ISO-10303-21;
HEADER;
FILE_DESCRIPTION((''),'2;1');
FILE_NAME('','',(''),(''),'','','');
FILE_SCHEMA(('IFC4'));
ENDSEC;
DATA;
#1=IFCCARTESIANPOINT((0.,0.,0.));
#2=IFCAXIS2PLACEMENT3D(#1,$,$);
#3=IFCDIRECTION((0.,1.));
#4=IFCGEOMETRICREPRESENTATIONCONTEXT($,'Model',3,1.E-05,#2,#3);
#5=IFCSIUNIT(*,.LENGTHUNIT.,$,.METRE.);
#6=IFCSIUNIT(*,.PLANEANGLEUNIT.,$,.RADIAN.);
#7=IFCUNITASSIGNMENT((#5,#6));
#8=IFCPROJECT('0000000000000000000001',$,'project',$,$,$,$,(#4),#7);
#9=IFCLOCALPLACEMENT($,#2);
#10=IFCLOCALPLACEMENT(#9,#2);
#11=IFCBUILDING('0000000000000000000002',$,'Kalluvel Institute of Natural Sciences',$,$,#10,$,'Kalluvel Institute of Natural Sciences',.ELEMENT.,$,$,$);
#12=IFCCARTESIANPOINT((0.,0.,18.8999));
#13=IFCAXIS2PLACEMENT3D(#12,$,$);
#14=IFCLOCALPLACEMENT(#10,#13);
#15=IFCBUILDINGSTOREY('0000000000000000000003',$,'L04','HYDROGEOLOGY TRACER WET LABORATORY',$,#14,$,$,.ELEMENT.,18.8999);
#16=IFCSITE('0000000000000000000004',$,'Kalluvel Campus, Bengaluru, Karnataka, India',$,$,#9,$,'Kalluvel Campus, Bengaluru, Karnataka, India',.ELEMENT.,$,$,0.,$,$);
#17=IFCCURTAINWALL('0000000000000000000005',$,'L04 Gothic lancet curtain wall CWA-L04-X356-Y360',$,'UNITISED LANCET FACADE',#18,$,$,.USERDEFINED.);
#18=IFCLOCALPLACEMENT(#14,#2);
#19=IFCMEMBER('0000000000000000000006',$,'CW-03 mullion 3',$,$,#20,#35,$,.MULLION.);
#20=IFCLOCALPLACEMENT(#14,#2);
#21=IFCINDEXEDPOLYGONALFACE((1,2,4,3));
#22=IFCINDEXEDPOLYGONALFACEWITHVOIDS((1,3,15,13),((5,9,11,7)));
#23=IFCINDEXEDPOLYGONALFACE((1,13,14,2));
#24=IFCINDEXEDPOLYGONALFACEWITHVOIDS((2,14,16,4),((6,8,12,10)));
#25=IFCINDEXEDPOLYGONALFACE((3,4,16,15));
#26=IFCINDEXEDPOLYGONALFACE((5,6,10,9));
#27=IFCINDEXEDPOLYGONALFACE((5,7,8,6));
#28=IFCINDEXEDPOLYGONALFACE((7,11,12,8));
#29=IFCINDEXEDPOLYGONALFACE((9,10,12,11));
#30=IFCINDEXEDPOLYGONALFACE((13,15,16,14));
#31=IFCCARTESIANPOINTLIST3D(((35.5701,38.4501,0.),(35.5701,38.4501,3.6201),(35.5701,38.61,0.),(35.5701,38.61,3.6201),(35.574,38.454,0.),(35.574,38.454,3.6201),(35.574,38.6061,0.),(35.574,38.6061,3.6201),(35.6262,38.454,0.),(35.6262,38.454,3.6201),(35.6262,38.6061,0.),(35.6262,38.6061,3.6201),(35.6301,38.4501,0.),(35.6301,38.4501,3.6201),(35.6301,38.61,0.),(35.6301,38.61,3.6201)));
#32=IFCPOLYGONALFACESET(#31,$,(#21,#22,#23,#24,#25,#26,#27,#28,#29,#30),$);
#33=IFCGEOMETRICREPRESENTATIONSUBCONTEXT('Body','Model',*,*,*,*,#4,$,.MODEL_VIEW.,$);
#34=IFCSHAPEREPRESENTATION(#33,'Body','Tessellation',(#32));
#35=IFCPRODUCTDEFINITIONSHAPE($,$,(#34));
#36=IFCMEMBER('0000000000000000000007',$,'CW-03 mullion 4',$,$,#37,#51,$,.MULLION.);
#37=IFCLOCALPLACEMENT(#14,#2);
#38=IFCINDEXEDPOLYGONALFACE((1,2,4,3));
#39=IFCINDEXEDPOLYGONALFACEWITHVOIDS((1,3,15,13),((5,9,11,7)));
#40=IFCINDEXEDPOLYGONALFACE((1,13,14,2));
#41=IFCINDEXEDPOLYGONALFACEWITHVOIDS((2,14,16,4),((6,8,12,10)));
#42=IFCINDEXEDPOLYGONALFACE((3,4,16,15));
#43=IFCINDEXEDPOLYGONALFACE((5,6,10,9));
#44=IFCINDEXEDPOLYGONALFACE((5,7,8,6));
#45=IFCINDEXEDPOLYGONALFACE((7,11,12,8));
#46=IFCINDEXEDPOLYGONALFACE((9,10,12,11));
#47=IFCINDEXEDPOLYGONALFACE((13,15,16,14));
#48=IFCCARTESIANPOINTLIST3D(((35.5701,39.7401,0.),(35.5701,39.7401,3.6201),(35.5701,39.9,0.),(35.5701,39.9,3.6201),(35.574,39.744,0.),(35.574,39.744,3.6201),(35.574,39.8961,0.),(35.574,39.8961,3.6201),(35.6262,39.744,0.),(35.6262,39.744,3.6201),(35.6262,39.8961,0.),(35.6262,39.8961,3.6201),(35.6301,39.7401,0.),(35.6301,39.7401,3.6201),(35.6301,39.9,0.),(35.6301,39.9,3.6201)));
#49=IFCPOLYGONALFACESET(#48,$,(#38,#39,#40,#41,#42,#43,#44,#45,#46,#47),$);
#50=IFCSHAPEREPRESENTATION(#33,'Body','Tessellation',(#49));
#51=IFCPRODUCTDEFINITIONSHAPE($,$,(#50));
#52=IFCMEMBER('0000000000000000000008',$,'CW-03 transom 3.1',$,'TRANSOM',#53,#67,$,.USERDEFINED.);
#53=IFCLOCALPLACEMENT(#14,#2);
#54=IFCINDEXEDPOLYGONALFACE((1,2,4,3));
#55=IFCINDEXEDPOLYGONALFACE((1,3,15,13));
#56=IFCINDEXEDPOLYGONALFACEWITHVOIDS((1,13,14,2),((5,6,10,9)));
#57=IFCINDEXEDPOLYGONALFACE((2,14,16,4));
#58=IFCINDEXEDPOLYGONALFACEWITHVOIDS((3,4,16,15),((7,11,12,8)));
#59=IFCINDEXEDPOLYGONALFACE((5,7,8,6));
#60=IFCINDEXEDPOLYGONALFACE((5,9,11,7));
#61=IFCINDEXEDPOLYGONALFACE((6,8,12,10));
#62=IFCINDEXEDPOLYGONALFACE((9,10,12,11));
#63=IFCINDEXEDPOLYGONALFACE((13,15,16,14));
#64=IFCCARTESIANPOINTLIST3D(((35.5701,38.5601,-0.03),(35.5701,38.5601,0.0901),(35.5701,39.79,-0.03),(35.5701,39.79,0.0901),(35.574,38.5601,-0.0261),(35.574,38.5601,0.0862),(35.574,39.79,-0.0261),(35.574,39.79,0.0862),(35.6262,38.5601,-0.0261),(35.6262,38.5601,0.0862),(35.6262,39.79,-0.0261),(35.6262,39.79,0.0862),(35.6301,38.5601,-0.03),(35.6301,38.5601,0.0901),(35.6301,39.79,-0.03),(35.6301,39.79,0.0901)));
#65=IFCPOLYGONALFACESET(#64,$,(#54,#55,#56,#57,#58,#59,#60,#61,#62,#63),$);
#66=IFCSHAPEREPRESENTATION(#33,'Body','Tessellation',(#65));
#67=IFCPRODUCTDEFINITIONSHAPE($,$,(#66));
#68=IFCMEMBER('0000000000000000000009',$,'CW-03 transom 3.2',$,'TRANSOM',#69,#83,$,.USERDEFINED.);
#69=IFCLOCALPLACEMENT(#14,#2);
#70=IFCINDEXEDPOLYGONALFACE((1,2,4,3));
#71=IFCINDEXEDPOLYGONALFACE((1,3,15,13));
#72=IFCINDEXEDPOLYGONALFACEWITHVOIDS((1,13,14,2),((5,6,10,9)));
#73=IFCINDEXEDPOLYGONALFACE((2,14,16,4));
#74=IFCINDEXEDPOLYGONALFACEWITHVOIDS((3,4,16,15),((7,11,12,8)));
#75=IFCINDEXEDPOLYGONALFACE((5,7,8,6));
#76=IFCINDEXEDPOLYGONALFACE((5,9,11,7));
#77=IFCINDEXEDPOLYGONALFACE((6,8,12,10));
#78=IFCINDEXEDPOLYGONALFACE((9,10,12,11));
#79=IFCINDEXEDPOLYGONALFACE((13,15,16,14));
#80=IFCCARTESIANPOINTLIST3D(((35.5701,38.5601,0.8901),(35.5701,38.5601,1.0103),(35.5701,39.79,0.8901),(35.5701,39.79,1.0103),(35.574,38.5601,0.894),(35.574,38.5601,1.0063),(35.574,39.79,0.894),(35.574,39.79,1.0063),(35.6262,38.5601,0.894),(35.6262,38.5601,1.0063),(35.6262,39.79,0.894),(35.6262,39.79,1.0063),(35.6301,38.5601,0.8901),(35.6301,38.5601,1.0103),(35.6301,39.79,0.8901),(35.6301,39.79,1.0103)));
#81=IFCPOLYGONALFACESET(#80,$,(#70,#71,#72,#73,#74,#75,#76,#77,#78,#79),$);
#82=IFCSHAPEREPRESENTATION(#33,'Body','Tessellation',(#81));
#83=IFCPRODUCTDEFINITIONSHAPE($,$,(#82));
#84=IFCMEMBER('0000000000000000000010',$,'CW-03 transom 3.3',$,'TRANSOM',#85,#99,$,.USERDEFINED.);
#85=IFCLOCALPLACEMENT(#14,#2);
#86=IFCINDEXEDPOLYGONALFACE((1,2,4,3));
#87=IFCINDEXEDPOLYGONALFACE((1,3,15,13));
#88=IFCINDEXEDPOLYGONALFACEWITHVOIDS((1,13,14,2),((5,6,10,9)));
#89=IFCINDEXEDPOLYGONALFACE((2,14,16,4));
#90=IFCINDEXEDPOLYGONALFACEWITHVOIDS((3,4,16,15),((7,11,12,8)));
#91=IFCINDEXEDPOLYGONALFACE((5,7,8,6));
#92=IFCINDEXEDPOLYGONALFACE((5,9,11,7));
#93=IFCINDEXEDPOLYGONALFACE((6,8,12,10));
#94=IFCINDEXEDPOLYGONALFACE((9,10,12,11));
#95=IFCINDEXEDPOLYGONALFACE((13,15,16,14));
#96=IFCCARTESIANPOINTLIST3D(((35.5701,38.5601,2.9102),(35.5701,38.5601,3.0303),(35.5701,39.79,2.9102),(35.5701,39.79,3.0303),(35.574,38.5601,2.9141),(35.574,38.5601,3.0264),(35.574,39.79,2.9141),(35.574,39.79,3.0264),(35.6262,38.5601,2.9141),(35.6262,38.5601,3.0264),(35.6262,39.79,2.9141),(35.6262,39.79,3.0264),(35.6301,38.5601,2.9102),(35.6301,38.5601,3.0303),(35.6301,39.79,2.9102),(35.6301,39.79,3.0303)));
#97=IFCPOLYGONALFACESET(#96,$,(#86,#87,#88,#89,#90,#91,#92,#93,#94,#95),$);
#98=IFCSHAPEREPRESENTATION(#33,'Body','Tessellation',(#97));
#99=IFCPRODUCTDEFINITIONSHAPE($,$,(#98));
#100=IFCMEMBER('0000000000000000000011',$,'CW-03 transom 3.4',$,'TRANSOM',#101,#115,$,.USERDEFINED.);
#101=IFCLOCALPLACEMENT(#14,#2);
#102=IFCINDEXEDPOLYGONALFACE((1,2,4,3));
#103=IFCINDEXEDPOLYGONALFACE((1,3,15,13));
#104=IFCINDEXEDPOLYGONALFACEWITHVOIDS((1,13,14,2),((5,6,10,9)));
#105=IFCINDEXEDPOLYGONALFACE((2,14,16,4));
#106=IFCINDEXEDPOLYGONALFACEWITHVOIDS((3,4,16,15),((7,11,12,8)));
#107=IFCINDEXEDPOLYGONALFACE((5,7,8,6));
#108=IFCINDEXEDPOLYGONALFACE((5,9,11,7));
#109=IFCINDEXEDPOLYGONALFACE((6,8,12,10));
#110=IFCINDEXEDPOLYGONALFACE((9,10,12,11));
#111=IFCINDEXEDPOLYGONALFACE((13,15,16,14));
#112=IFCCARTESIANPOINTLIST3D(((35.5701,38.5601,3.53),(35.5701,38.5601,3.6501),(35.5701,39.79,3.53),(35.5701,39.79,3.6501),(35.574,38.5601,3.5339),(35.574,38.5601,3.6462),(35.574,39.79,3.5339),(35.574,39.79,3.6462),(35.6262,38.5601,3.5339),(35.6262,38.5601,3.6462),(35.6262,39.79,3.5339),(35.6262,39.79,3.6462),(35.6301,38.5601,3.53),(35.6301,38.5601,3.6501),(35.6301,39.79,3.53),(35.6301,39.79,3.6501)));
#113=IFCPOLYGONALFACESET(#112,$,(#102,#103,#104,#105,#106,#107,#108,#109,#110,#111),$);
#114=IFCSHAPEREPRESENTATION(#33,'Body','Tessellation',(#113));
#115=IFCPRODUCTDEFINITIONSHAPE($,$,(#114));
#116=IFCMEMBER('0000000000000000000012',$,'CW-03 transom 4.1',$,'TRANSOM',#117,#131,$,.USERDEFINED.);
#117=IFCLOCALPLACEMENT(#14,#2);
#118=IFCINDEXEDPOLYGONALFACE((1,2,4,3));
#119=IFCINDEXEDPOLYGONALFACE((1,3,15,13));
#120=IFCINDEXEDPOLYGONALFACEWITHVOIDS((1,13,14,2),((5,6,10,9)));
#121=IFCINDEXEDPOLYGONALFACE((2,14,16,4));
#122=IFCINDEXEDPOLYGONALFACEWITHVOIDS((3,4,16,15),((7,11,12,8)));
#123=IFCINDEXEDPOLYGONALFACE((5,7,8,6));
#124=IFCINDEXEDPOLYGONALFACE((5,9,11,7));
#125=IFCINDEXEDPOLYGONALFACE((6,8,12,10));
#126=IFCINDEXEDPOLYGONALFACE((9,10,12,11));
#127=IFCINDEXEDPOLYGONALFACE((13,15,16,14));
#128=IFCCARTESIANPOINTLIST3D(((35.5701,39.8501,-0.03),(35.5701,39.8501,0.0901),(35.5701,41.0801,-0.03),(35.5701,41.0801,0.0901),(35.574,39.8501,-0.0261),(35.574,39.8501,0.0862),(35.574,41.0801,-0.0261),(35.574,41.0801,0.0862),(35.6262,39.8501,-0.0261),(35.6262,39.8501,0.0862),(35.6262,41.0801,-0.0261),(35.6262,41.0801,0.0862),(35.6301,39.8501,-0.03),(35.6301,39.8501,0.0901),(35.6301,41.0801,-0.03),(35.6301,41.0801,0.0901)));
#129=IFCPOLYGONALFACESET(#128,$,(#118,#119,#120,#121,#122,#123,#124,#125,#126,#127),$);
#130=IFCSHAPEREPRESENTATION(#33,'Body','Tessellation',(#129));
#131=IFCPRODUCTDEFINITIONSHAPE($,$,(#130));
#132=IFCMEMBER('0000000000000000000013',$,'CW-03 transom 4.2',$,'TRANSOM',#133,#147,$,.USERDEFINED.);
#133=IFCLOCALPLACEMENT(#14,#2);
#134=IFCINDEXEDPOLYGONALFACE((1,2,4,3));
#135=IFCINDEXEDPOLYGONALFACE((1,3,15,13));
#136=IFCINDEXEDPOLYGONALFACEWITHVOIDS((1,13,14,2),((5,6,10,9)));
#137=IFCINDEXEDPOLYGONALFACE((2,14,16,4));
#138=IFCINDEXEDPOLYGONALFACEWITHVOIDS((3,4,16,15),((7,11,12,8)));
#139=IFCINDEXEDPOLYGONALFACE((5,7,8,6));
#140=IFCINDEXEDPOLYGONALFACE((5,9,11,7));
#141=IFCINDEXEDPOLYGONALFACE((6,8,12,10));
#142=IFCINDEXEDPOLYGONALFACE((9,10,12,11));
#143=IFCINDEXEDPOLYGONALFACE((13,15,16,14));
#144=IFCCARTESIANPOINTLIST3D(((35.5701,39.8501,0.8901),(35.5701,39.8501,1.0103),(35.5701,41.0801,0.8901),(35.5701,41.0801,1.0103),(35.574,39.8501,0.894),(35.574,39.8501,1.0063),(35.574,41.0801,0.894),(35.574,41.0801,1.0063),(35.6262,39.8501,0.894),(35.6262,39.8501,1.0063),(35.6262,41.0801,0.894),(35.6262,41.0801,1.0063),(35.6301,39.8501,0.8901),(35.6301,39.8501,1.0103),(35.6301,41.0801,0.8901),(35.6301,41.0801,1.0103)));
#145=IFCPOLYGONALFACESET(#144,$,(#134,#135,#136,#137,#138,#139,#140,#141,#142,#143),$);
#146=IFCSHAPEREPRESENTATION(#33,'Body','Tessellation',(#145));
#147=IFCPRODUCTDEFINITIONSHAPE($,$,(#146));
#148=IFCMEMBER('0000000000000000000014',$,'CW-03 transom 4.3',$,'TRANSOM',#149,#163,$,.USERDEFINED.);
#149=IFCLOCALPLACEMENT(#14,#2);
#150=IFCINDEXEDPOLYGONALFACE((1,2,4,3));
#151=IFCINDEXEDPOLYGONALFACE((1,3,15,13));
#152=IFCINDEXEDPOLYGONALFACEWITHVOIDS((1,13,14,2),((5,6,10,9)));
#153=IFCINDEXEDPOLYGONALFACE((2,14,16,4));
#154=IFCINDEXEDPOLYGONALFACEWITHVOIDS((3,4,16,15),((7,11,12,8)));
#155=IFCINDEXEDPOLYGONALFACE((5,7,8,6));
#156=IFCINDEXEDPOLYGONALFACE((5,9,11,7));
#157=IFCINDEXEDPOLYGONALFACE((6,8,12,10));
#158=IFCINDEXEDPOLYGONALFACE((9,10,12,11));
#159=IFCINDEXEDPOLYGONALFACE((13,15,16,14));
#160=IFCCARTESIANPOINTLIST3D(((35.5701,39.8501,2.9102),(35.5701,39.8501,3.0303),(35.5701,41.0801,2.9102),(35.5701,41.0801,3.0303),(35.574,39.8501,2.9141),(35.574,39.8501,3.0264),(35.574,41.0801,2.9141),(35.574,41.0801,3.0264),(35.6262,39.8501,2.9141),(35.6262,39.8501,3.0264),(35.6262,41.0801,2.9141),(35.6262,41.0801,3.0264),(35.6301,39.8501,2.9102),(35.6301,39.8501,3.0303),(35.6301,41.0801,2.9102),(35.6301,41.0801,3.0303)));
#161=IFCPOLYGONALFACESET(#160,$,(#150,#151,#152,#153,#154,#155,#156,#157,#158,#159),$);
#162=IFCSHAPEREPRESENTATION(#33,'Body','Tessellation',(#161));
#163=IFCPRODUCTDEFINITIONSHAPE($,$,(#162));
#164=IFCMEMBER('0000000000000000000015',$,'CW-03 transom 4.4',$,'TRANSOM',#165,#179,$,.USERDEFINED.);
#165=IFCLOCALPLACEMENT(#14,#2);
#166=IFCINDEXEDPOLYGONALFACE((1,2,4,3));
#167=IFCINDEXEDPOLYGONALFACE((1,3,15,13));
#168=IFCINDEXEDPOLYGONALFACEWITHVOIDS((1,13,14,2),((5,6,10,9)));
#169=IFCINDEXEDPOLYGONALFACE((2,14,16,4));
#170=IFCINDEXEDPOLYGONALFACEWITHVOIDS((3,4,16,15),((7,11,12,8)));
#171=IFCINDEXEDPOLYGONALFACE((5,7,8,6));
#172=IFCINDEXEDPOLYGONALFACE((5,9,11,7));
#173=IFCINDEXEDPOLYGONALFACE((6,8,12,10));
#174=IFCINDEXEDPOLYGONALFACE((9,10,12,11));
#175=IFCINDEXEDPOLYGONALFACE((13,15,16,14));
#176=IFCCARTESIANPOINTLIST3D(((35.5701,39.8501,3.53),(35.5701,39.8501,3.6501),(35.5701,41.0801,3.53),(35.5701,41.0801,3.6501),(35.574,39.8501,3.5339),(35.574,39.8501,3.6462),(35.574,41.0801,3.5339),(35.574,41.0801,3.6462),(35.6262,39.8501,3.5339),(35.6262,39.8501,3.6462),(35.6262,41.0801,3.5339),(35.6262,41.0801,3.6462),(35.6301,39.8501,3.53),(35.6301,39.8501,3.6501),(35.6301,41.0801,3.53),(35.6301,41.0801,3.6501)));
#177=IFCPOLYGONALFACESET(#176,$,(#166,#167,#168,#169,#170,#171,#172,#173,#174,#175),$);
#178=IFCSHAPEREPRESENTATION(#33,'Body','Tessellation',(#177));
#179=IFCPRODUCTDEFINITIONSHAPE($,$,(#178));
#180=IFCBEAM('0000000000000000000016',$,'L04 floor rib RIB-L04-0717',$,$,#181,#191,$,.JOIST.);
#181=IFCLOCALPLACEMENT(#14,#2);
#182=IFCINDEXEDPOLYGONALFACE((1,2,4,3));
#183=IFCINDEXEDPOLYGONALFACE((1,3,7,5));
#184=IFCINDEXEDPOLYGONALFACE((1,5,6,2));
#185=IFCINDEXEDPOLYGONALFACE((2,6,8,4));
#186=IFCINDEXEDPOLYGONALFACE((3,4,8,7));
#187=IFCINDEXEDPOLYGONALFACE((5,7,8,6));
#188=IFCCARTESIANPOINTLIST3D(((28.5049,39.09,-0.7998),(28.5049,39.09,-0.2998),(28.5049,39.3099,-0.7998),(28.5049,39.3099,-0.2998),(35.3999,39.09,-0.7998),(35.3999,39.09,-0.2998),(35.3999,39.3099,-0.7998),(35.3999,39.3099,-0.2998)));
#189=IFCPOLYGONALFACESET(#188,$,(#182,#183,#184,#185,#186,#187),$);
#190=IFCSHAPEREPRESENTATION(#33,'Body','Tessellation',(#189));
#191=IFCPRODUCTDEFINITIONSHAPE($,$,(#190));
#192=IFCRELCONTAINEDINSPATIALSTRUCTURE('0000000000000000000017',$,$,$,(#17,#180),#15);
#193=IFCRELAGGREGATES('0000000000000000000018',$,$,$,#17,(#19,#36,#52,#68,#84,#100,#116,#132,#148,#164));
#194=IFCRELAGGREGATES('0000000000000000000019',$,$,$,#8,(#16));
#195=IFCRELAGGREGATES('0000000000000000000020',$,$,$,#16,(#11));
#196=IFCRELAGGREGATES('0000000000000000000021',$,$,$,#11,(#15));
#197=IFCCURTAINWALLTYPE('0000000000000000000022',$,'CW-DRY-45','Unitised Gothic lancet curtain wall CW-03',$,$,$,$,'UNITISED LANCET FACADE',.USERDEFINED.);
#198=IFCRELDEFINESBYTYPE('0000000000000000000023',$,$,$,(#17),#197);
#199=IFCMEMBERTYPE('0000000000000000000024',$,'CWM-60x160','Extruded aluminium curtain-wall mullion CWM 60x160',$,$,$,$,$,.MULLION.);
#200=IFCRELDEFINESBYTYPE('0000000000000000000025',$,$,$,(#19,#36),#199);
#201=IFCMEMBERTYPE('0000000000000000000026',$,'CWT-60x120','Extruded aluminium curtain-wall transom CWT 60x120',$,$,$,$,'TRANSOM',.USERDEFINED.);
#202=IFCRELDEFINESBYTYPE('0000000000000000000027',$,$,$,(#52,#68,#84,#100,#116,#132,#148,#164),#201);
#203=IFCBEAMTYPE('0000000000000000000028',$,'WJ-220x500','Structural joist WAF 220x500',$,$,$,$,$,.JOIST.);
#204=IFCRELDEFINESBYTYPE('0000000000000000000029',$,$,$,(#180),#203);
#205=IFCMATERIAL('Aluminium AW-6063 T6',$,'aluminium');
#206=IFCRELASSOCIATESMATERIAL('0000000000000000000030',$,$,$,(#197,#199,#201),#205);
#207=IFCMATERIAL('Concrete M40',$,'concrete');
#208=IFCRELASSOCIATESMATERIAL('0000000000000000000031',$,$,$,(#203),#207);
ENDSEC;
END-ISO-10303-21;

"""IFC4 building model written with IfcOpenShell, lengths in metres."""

from ifc_helpers import new_model, si_unit, direction, frame, origin, origin_2d, place, context, subcontext, project, spatial, rectangle, hollow_rectangle, extrude, material, material_profile, profile_set, type_object, element, aggregate, save


model = new_model("IFC4")

# Units and contexts
model_context = context("Model", 3, precision=1e-05, world=origin(), true_north=direction((0.0, 1.0)))
body_context = subcontext(model_context, "Body", "Model", "MODEL_VIEW")
ifc_project = project(units=[si_unit("LENGTHUNIT", "METRE"), si_unit("PLANEANGLEUNIT", "RADIAN")], contexts=[model_context])

# Site, building, storey
site_placement = place(None, origin())
site = spatial("IfcSite", under=ifc_project, at=site_placement, Name="Kalluvel Campus, Bengaluru, Karnataka, India", LongName="Kalluvel Campus, Bengaluru, Karnataka, India", CompositionType="ELEMENT", RefElevation=0.0)
building_placement = place(site_placement, origin())
building = spatial("IfcBuilding", under=site, at=building_placement, Name="Kalluvel Institute of Natural Sciences", LongName="Kalluvel Institute of Natural Sciences", CompositionType="ELEMENT")
storey_placement = place(building_placement, frame((0.0, 0.0, 18.8999)))
storey = spatial("IfcBuildingStorey", under=building, at=storey_placement, Name="L04", Description="HYDROGEOLOGY TRACER WET LABORATORY", CompositionType="ELEMENT", Elevation=18.8999)

# Curtain wall, members
ifc_material_1 = material(Name="Aluminium AW-6063 T6", Category="aluminium")
curtain_wall_type = type_object("IfcCurtainWallType", Name="CW-DRY-45", Description="Unitised Gothic lancet curtain wall CW-03", ElementType="UNITISED LANCET FACADE", PredefinedType="USERDEFINED", material=ifc_material_1)
curtain_wall_placement = place(storey_placement, origin())
curtain_wall = element("IfcCurtainWall", 1, at=curtain_wall_placement, inside=storey, type_object=curtain_wall_type, Name="L04 Gothic lancet curtain wall CWA-L04-X356-Y360", ObjectType="UNITISED LANCET FACADE", PredefinedType="USERDEFINED")
ifc_material_profile_1 = material_profile(ifc_material_1, hollow_rectangle(XDim=0.0601, YDim=0.1599, WallThickness=0.0039, at=origin_2d()), Name="CWM 60x160")
ifc_profile_set_1 = profile_set([ifc_material_profile_1], Name="Aluminium AW-6063 T6")
member_type_1 = type_object("IfcMemberType", Name="CWM-60x160", Description="Extruded aluminium curtain-wall mullion CWM 60x160", PredefinedType="MULLION", material=ifc_profile_set_1)
member_1_placement = place(storey_placement, frame((35.6001, 38.53, 0.0), z_axis=(0.0, 0.0, 1.0), x_axis=(-1.0, 0.0, 0.0)))
member_1 = element("IfcMember", 2, at=member_1_placement, type_object=member_type_1, Name="CW-03 mullion 3", PredefinedType="MULLION", context=body_context, shape_type="SweptSolid", body=[
    extrude(hollow_rectangle(XDim=0.0601, YDim=0.1599, WallThickness=0.0039, at=origin_2d()), origin(), (0.0, 0.0, 1.0), 3.6201),
])
member_2_placement = place(storey_placement, frame((35.6001, 39.8201, 0.0), z_axis=(0.0, 0.0, 1.0), x_axis=(-1.0, 0.0, 0.0)))
member_2 = element("IfcMember", 3, at=member_2_placement, type_object=member_type_1, Name="CW-03 mullion 4", PredefinedType="MULLION", context=body_context, shape_type="SweptSolid", body=[
    extrude(hollow_rectangle(XDim=0.0601, YDim=0.1599, WallThickness=0.0039, at=origin_2d()), origin(), (0.0, 0.0, 1.0), 3.6201),
])
ifc_material_profile_2 = material_profile(ifc_material_1, hollow_rectangle(XDim=0.0601, YDim=0.1201, WallThickness=0.0039, at=origin_2d()), Name="CWT 60x120")
ifc_profile_set_2 = profile_set([ifc_material_profile_2], Name="Aluminium AW-6063 T6")
member_type_2 = type_object("IfcMemberType", Name="CWT-60x120", Description="Extruded aluminium curtain-wall transom CWT 60x120", ElementType="TRANSOM", PredefinedType="USERDEFINED", material=ifc_profile_set_2)
member_3_placement = place(storey_placement, frame((35.6001, 38.5601, 0.03), z_axis=(0.0, 1.0, 0.0), x_axis=(-1.0, 0.0, 0.0)))
member_3 = element("IfcMember", 4, at=member_3_placement, type_object=member_type_2, Name="CW-03 transom 3.1", ObjectType="TRANSOM", PredefinedType="USERDEFINED", context=body_context, shape_type="SweptSolid", body=[
    extrude(hollow_rectangle(XDim=0.0601, YDim=0.1201, WallThickness=0.0039, at=origin_2d()), origin(), (0.0, 0.0, 1.0), 1.23),
])
member_4_placement = place(storey_placement, frame((35.6001, 38.5601, 0.9502), z_axis=(0.0, 1.0, 0.0), x_axis=(-1.0, 0.0, 0.0)))
member_4 = element("IfcMember", 5, at=member_4_placement, type_object=member_type_2, Name="CW-03 transom 3.2", ObjectType="TRANSOM", PredefinedType="USERDEFINED", context=body_context, shape_type="SweptSolid", body=[
    extrude(hollow_rectangle(XDim=0.0601, YDim=0.1201, WallThickness=0.0039, at=origin_2d()), origin(), (0.0, 0.0, 1.0), 1.23),
])
member_5_placement = place(storey_placement, frame((35.6001, 38.5601, 2.9702), z_axis=(0.0, 1.0, 0.0), x_axis=(-1.0, 0.0, 0.0)))
member_5 = element("IfcMember", 6, at=member_5_placement, type_object=member_type_2, Name="CW-03 transom 3.3", ObjectType="TRANSOM", PredefinedType="USERDEFINED", context=body_context, shape_type="SweptSolid", body=[
    extrude(hollow_rectangle(XDim=0.0601, YDim=0.1201, WallThickness=0.0039, at=origin_2d()), origin(), (0.0, 0.0, 1.0), 1.23),
])
member_6_placement = place(storey_placement, frame((35.6001, 38.5601, 3.5901), z_axis=(0.0, 1.0, 0.0), x_axis=(-1.0, 0.0, 0.0)))
member_6 = element("IfcMember", 7, at=member_6_placement, type_object=member_type_2, Name="CW-03 transom 3.4", ObjectType="TRANSOM", PredefinedType="USERDEFINED", context=body_context, shape_type="SweptSolid", body=[
    extrude(hollow_rectangle(XDim=0.0601, YDim=0.1201, WallThickness=0.0039, at=origin_2d()), origin(), (0.0, 0.0, 1.0), 1.23),
])
member_7_placement = place(storey_placement, frame((35.6001, 39.8501, 0.03), z_axis=(0.0, 1.0, 0.0), x_axis=(-1.0, 0.0, 0.0)))
member_7 = element("IfcMember", 8, at=member_7_placement, type_object=member_type_2, Name="CW-03 transom 4.1", ObjectType="TRANSOM", PredefinedType="USERDEFINED", context=body_context, shape_type="SweptSolid", body=[
    extrude(hollow_rectangle(XDim=0.0601, YDim=0.1201, WallThickness=0.0039, at=origin_2d()), origin(), (0.0, 0.0, 1.0), 1.23),
])
member_8_placement = place(storey_placement, frame((35.6001, 39.8501, 0.9502), z_axis=(0.0, 1.0, 0.0), x_axis=(-1.0, 0.0, 0.0)))
member_8 = element("IfcMember", 9, at=member_8_placement, type_object=member_type_2, Name="CW-03 transom 4.2", ObjectType="TRANSOM", PredefinedType="USERDEFINED", context=body_context, shape_type="SweptSolid", body=[
    extrude(hollow_rectangle(XDim=0.0601, YDim=0.1201, WallThickness=0.0039, at=origin_2d()), origin(), (0.0, 0.0, 1.0), 1.23),
])
member_9_placement = place(storey_placement, frame((35.6001, 39.8501, 2.9702), z_axis=(0.0, 1.0, 0.0), x_axis=(-1.0, 0.0, 0.0)))
member_9 = element("IfcMember", 10, at=member_9_placement, type_object=member_type_2, Name="CW-03 transom 4.3", ObjectType="TRANSOM", PredefinedType="USERDEFINED", context=body_context, shape_type="SweptSolid", body=[
    extrude(hollow_rectangle(XDim=0.0601, YDim=0.1201, WallThickness=0.0039, at=origin_2d()), origin(), (0.0, 0.0, 1.0), 1.23),
])
member_10_placement = place(storey_placement, frame((35.6001, 39.8501, 3.5901), z_axis=(0.0, 1.0, 0.0), x_axis=(-1.0, 0.0, 0.0)))
member_10 = element("IfcMember", 11, at=member_10_placement, type_object=member_type_2, Name="CW-03 transom 4.4", ObjectType="TRANSOM", PredefinedType="USERDEFINED", context=body_context, shape_type="SweptSolid", body=[
    extrude(hollow_rectangle(XDim=0.0601, YDim=0.1201, WallThickness=0.0039, at=origin_2d()), origin(), (0.0, 0.0, 1.0), 1.23),
])

# Beam
ifc_material_2 = material(Name="Concrete M40", Category="concrete")
ifc_material_profile_3 = material_profile(ifc_material_2, rectangle(XDim=0.22, YDim=0.5, at=origin_2d()), Name="WAF 220x500")
ifc_profile_set_3 = profile_set([ifc_material_profile_3], Name="Concrete M40")
beam_type = type_object("IfcBeamType", Name="WJ-220x500", Description="Structural joist WAF 220x500", PredefinedType="JOIST", material=ifc_profile_set_3)
beam_placement = place(storey_placement, frame((28.5049, 39.2, -0.5498), z_axis=(1.0, 0.0, 0.0), x_axis=(0.0, 1.0, 0.0)))
element("IfcBeam", 12, at=beam_placement, inside=storey, type_object=beam_type, Name="L04 floor rib RIB-L04-0717", PredefinedType="JOIST", context=body_context, shape_type="SweptSolid", body=[
    extrude(rectangle(XDim=0.22, YDim=0.5, at=origin_2d()), origin(), (0.0, 0.0, 1.0), 6.895),
])

aggregate(curtain_wall, [member_1, member_2, member_3, member_4, member_5, member_6, member_7, member_8, member_9, member_10])

save(model, "model.ifc")
